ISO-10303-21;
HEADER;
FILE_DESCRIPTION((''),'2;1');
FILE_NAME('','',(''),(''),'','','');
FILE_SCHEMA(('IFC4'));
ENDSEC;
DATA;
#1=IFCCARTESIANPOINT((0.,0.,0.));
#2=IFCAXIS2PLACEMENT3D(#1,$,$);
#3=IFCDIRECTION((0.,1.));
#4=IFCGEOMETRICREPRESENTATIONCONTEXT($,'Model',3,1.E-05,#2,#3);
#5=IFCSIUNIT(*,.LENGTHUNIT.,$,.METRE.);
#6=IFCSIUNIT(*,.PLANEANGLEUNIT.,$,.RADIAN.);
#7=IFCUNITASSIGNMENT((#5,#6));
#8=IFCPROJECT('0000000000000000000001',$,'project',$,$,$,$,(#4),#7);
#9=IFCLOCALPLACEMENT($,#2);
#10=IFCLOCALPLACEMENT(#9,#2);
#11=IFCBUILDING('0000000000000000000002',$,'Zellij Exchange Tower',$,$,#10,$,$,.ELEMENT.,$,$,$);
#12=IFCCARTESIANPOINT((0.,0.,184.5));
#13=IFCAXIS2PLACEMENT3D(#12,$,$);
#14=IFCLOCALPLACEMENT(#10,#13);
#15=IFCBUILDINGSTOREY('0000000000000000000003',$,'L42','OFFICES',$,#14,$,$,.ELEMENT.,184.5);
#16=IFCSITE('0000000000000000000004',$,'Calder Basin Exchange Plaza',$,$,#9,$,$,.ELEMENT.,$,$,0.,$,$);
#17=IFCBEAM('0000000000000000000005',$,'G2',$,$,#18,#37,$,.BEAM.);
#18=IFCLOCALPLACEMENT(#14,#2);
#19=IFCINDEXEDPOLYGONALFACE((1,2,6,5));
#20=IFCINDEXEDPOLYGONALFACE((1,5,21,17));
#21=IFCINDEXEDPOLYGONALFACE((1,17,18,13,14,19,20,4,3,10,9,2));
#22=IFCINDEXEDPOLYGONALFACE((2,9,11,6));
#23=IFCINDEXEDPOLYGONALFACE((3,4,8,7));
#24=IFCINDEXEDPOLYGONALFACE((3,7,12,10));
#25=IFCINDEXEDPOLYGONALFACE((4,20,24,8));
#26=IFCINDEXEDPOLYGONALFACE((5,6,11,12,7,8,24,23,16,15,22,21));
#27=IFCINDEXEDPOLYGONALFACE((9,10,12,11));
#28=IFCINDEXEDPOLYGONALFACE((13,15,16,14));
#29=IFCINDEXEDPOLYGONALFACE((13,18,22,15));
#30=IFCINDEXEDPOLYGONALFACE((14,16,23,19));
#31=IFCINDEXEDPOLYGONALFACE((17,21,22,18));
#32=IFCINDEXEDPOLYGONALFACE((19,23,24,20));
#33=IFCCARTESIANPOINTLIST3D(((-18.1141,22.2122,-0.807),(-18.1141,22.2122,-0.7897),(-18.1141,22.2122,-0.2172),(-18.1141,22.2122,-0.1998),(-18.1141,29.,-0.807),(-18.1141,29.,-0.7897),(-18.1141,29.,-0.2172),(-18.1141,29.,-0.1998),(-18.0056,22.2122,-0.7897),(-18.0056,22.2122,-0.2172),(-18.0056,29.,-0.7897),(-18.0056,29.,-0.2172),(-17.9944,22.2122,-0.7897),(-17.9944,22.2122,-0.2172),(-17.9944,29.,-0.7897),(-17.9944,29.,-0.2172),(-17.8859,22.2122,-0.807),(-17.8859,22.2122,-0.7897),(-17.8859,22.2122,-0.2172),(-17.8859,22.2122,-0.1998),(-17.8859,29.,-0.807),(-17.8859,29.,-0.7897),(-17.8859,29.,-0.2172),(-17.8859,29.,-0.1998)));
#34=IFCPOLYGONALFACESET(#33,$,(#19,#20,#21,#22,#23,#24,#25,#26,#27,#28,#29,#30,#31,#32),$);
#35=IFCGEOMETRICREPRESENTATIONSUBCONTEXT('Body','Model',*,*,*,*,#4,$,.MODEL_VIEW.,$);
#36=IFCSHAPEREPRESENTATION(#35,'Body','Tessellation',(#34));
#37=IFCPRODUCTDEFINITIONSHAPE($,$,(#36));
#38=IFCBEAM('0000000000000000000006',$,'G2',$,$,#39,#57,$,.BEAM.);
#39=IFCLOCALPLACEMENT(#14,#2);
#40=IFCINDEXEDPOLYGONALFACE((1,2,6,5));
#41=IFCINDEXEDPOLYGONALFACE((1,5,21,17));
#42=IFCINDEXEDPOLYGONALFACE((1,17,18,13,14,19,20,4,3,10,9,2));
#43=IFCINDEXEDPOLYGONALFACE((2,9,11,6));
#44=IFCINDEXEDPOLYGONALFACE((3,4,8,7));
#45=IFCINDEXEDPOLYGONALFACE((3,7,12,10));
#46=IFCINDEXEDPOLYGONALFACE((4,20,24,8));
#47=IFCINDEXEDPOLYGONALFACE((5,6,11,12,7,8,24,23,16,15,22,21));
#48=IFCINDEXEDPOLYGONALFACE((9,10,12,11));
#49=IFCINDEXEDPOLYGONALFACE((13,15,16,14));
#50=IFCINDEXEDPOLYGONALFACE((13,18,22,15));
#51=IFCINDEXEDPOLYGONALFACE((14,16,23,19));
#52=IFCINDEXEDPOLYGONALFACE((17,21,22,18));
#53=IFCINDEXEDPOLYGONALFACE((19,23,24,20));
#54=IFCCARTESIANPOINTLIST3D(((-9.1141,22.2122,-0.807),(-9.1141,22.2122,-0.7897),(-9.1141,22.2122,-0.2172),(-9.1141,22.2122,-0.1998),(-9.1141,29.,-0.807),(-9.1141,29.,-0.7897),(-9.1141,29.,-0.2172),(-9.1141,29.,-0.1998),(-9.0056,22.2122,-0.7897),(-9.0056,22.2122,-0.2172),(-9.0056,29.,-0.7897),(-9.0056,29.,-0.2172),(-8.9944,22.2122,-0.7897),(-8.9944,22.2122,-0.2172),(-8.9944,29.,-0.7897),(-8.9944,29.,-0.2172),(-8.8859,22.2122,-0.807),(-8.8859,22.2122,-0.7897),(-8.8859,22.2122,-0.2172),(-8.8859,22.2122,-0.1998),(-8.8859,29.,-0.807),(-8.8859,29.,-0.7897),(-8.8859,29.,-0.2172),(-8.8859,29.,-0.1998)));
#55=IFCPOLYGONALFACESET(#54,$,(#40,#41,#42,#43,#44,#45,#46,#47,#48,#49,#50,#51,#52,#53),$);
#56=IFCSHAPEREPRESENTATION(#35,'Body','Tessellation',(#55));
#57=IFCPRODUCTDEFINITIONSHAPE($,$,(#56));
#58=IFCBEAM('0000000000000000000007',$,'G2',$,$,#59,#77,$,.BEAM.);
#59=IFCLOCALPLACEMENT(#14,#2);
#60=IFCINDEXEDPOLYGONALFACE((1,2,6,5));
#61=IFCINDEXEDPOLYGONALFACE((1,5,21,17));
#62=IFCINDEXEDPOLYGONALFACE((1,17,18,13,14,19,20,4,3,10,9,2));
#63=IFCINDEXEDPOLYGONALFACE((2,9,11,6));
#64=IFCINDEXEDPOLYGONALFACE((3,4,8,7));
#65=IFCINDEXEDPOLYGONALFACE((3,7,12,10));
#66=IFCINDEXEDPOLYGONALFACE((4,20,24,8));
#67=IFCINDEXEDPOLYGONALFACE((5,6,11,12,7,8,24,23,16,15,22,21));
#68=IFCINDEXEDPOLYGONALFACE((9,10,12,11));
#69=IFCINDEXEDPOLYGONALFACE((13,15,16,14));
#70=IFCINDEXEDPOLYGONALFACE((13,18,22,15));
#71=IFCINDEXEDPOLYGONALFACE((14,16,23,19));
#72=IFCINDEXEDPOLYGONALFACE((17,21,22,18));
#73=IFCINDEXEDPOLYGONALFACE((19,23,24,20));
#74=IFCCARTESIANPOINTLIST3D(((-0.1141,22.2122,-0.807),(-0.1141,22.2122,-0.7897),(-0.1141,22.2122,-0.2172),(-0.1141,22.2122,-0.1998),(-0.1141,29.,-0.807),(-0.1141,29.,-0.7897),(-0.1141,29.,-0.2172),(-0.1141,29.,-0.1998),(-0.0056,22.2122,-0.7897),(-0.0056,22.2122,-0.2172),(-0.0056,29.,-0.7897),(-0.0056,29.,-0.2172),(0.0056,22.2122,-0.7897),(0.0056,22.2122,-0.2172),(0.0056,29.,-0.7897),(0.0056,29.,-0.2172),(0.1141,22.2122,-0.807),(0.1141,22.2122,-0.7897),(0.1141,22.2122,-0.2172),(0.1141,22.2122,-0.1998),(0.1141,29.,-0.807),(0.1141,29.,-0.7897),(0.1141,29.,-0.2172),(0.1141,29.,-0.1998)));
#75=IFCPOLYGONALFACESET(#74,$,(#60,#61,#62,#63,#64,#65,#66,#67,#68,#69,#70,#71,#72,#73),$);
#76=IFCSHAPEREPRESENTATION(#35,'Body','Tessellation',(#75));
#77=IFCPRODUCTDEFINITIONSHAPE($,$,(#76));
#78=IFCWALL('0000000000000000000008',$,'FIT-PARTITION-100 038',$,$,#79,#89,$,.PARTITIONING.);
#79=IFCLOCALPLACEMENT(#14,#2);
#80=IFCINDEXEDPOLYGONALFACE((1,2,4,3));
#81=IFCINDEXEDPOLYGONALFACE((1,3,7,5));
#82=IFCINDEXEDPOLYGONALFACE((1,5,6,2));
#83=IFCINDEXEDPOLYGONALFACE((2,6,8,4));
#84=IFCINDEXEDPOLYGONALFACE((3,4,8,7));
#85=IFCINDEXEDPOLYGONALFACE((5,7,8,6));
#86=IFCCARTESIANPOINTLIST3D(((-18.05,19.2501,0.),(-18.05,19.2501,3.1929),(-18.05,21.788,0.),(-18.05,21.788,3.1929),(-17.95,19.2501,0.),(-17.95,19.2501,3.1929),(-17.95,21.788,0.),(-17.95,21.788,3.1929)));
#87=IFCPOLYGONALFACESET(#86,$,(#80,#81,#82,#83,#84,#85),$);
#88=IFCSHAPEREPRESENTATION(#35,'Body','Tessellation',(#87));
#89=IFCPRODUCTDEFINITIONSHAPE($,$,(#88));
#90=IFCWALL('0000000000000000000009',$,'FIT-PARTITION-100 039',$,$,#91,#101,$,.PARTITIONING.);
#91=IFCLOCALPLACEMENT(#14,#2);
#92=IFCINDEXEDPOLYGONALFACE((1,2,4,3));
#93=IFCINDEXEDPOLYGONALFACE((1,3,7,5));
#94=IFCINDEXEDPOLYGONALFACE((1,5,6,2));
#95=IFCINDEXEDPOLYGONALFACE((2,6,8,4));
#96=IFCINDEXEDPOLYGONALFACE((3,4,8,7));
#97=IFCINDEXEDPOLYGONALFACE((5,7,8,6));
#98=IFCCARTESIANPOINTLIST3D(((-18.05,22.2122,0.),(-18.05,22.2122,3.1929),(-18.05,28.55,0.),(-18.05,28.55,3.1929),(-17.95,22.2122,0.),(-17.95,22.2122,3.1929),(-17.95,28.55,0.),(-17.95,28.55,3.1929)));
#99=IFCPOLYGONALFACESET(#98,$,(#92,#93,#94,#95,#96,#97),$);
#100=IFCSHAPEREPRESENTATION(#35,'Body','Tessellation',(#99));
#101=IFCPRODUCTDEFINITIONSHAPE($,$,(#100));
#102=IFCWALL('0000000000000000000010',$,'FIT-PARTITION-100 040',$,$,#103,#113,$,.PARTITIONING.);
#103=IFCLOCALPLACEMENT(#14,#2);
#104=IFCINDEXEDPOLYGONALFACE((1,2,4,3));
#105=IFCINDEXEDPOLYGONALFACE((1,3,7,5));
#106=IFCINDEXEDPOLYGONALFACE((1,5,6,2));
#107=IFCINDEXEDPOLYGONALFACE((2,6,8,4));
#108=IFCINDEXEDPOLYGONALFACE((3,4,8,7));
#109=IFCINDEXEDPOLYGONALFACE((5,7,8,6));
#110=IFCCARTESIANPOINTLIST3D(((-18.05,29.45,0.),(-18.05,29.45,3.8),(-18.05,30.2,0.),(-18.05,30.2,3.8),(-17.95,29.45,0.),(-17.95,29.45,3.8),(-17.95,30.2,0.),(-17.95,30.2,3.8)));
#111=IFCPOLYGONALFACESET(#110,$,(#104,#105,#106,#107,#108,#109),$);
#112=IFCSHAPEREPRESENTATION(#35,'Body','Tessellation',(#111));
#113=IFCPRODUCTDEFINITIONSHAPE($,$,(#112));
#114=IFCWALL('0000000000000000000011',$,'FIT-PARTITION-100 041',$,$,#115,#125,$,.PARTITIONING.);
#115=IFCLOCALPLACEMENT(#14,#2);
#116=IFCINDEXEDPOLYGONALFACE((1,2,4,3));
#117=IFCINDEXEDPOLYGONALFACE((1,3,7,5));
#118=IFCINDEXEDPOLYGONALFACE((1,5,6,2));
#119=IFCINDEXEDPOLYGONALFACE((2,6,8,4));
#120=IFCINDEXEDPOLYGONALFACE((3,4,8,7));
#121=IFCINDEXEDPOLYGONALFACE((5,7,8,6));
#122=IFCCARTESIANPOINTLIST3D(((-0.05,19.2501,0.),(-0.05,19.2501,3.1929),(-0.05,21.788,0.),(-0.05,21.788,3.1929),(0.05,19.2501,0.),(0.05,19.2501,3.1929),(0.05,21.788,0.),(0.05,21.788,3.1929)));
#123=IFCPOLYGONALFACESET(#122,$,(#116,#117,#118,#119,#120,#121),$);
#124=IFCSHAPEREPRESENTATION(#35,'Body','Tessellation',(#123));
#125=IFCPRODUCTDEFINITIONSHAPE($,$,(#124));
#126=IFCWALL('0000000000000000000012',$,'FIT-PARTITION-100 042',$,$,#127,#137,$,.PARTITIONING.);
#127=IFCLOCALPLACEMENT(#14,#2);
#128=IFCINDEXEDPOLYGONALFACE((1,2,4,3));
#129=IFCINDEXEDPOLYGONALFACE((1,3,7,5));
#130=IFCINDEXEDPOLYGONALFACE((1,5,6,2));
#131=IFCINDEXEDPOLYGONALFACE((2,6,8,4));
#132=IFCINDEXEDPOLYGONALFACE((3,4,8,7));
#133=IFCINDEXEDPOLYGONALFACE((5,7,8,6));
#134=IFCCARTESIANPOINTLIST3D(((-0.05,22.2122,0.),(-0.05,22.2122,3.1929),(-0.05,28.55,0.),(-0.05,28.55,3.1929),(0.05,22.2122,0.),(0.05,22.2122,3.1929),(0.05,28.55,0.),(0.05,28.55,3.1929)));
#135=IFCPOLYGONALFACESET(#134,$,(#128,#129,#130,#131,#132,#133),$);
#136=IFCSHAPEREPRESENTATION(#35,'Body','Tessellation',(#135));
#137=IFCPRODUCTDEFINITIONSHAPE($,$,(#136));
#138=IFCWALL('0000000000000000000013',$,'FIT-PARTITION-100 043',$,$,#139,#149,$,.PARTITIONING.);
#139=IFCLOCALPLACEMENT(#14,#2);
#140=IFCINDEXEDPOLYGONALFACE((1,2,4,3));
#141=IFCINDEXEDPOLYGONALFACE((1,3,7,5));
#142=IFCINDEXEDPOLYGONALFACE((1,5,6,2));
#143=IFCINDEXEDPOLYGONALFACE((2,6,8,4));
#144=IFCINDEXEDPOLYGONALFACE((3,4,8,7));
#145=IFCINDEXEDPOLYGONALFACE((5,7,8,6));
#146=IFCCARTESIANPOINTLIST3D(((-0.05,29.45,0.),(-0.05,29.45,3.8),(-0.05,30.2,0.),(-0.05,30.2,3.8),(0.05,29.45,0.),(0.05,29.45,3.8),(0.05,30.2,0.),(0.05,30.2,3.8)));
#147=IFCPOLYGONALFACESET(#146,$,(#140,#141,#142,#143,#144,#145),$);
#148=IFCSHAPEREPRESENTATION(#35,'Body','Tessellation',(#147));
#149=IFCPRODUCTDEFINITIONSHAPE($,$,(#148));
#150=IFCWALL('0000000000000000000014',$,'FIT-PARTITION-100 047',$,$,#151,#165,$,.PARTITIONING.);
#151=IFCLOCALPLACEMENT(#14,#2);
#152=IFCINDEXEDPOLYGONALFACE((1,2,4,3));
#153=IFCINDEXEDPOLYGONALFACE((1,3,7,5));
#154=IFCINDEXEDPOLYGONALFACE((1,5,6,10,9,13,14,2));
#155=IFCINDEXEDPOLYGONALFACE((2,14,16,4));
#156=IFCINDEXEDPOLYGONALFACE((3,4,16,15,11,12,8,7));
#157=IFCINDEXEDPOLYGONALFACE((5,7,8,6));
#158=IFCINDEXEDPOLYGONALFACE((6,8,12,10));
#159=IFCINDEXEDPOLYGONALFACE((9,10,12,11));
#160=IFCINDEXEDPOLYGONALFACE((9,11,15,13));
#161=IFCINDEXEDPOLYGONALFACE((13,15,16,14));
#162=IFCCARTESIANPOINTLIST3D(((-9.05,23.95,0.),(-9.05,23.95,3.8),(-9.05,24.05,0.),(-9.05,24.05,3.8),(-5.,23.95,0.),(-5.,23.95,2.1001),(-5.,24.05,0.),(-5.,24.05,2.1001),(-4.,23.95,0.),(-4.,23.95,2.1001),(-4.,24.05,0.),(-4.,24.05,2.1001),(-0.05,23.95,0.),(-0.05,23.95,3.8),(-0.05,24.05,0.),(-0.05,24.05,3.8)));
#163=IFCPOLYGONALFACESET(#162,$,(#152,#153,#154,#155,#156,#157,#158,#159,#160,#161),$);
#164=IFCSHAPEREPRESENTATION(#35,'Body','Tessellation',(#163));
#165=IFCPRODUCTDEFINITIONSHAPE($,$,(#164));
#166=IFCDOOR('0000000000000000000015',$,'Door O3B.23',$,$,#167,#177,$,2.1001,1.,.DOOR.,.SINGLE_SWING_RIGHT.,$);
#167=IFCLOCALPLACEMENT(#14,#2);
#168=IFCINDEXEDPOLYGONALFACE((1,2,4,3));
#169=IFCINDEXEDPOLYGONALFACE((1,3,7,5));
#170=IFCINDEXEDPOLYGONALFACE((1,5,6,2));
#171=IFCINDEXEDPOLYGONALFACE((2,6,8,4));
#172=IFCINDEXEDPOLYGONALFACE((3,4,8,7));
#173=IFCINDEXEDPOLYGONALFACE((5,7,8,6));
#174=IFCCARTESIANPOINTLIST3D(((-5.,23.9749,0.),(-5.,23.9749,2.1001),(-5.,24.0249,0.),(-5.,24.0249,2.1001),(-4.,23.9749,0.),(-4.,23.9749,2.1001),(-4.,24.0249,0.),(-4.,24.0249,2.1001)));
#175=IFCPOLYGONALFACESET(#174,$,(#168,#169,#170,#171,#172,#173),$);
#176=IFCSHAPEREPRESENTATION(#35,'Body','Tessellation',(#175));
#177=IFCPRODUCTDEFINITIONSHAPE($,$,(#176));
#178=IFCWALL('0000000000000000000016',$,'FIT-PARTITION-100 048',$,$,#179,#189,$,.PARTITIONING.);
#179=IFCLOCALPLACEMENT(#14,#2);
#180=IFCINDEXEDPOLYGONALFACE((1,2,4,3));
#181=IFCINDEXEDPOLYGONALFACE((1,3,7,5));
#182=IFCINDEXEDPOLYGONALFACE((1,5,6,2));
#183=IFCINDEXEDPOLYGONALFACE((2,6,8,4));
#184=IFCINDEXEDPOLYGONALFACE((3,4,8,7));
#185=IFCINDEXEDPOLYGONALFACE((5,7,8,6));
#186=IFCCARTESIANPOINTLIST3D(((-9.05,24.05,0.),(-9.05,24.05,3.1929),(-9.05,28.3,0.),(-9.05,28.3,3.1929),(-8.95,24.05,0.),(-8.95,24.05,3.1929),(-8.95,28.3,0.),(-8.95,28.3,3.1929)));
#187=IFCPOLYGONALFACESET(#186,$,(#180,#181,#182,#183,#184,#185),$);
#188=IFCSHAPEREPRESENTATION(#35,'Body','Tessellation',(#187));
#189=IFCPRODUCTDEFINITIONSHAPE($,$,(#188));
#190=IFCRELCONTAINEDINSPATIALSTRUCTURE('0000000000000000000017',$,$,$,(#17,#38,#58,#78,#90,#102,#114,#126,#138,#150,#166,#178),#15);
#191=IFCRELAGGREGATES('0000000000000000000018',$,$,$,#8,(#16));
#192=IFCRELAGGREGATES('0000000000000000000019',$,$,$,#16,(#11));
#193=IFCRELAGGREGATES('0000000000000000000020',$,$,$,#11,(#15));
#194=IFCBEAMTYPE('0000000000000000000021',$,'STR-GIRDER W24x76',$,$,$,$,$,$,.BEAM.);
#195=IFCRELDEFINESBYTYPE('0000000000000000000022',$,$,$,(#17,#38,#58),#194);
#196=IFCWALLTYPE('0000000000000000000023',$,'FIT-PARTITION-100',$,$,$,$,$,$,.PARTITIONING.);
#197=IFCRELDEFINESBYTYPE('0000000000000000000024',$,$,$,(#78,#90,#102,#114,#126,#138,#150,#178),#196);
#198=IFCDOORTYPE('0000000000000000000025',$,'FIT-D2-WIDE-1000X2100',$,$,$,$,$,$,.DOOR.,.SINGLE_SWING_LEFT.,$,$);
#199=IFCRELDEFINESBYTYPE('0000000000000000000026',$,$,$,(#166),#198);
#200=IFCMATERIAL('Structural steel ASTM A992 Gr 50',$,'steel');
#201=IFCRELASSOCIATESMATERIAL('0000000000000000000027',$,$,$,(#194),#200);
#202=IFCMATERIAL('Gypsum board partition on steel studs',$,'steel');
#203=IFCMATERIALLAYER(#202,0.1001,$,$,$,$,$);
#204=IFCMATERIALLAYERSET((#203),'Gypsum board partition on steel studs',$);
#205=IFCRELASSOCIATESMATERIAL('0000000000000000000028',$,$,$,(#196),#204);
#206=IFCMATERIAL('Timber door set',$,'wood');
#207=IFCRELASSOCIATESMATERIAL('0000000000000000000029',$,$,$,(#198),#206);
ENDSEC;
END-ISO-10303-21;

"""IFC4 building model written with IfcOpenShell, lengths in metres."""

from ifc_helpers import new_model, si_unit, direction, frame, frame_2d, origin, origin_2d, place, context, subcontext, project, spatial, rectangle, i_section, extrude, material, layer, layer_set, material_profile, profile_set, type_object, element, fill, save


model = new_model("IFC4")

# Units and contexts
model_context = context("Model", 3, precision=1e-05, world=origin(), true_north=direction((0.0, 1.0)))
body_context = subcontext(model_context, "Body", "Model", "MODEL_VIEW")
ifc_project = project(units=[si_unit("LENGTHUNIT", "METRE"), si_unit("PLANEANGLEUNIT", "RADIAN")], contexts=[model_context])

# Site, building, storey
site_placement = place(None, origin())
site = spatial("IfcSite", under=ifc_project, at=site_placement, Name="Calder Basin Exchange Plaza", CompositionType="ELEMENT", RefElevation=0.0)
building_placement = place(site_placement, origin())
building = spatial("IfcBuilding", under=site, at=building_placement, Name="Zellij Exchange Tower", CompositionType="ELEMENT")
storey_placement = place(building_placement, frame((0.0, 0.0, 184.5)))
storey = spatial("IfcBuildingStorey", under=building, at=storey_placement, Name="L42", Description="OFFICES", CompositionType="ELEMENT", Elevation=184.5)

# Beams
ifc_material_1 = material(Name="Structural steel ASTM A992 Gr 50", Category="steel")
ifc_material_profile_1 = material_profile(ifc_material_1, i_section(OverallWidth=0.2283, OverallDepth=0.6072, WebThickness=0.0112, FlangeThickness=0.0173, at=origin_2d()), Name="W24x76")
ifc_profile_set_1 = profile_set([ifc_material_profile_1], Name="Structural steel ASTM A992 Gr 50")
beam_type = type_object("IfcBeamType", Name="STR-GIRDER W24x76", PredefinedType="BEAM", material=ifc_profile_set_1)
for number, where, z_axis, x_axis, name in (
    (1, (-18.0, 22.2122, -0.5034), (0.0, 1.0, 0.0), (-1.0, 0.0, 0.0), "G2"),
    (2, (-9.0, 22.2122, -0.5034), (0.0, 1.0, 0.0), (-1.0, 0.0, 0.0), "G2"),
    (3, (0.0, 22.2122, -0.5034), (0.0, 1.0, 0.0), (-1.0, 0.0, 0.0), "G2"),
):
    element("IfcBeam", number, at=place(storey_placement, frame(where, z_axis=z_axis, x_axis=x_axis)), inside=storey, type_object=beam_type, Name=name, PredefinedType="BEAM", context=body_context, shape_type="SweptSolid", body=[
        extrude(i_section(OverallWidth=0.2283, OverallDepth=0.6072, WebThickness=0.0112, FlangeThickness=0.0173, at=origin_2d()), origin(), (0.0, 0.0, 1.0), 6.7878),
    ])

# Walls
ifc_material_2 = material(Name="Gypsum board partition on steel studs", Category="steel")
ifc_layer = layer(ifc_material_2, 0.1001)
ifc_layer_set = layer_set([ifc_layer], Name="Gypsum board partition on steel studs")
wall_type = type_object("IfcWallType", Name="FIT-PARTITION-100", PredefinedType="PARTITIONING", material=ifc_layer_set)
wall_1_placement = place(storey_placement, frame((-18.0, 19.25, 0.0), z_axis=(0.0, 0.0, 1.0), x_axis=(0.0, 1.0, 0.0)))
element("IfcWall", 4, at=wall_1_placement, inside=storey, type_object=wall_type, Name="FIT-PARTITION-100 038", PredefinedType="PARTITIONING", context=body_context, shape_type="SweptSolid", body=[
    extrude(rectangle(XDim=2.5378, YDim=0.1001, at=frame_2d((1.269, 0.0))), origin(), (0.0, 0.0, 1.0), 3.1929),
])
wall_2_placement = place(storey_placement, frame((-18.0, 22.2122, 0.0), z_axis=(0.0, 0.0, 1.0), x_axis=(0.0, 1.0, 0.0)))
element("IfcWall", 5, at=wall_2_placement, inside=storey, type_object=wall_type, Name="FIT-PARTITION-100 039", PredefinedType="PARTITIONING", context=body_context, shape_type="SweptSolid", body=[
    extrude(rectangle(XDim=6.3379, YDim=0.1001, at=frame_2d((3.1689, 0.0))), origin(), (0.0, 0.0, 1.0), 3.1929),
])
wall_3_placement = place(storey_placement, frame((-18.0, 29.45, 0.0), z_axis=(0.0, 0.0, 1.0), x_axis=(0.0, 1.0, 0.0)))
element("IfcWall", 6, at=wall_3_placement, inside=storey, type_object=wall_type, Name="FIT-PARTITION-100 040", PredefinedType="PARTITIONING", context=body_context, shape_type="SweptSolid", body=[
    extrude(rectangle(XDim=0.75, YDim=0.1001, at=frame_2d((0.375, 0.0))), origin(), (0.0, 0.0, 1.0), 3.8),
])
wall_4_placement = place(storey_placement, frame((0.0, 19.25, 0.0), z_axis=(0.0, 0.0, 1.0), x_axis=(0.0, 1.0, 0.0)))
element("IfcWall", 7, at=wall_4_placement, inside=storey, type_object=wall_type, Name="FIT-PARTITION-100 041", PredefinedType="PARTITIONING", context=body_context, shape_type="SweptSolid", body=[
    extrude(rectangle(XDim=2.5378, YDim=0.1001, at=frame_2d((1.269, 0.0))), origin(), (0.0, 0.0, 1.0), 3.1929),
])
wall_5_placement = place(storey_placement, frame((0.0, 22.2122, 0.0), z_axis=(0.0, 0.0, 1.0), x_axis=(0.0, 1.0, 0.0)))
element("IfcWall", 8, at=wall_5_placement, inside=storey, type_object=wall_type, Name="FIT-PARTITION-100 042", PredefinedType="PARTITIONING", context=body_context, shape_type="SweptSolid", body=[
    extrude(rectangle(XDim=6.3379, YDim=0.1001, at=frame_2d((3.1689, 0.0))), origin(), (0.0, 0.0, 1.0), 3.1929),
])
wall_6_placement = place(storey_placement, frame((0.0, 29.45, 0.0), z_axis=(0.0, 0.0, 1.0), x_axis=(0.0, 1.0, 0.0)))
element("IfcWall", 9, at=wall_6_placement, inside=storey, type_object=wall_type, Name="FIT-PARTITION-100 043", PredefinedType="PARTITIONING", context=body_context, shape_type="SweptSolid", body=[
    extrude(rectangle(XDim=0.75, YDim=0.1001, at=frame_2d((0.375, 0.0))), origin(), (0.0, 0.0, 1.0), 3.8),
])

# Wall, opening, door
wall_7_placement = place(storey_placement, frame((-9.05, 24.0, 0.0), z_axis=(0.0, 0.0, 1.0), x_axis=(1.0, 0.0, 0.0)))
wall_7 = element("IfcWall", 10, at=wall_7_placement, inside=storey, type_object=wall_type, Name="FIT-PARTITION-100 047", PredefinedType="PARTITIONING", context=body_context, shape_type="SweptSolid", body=[
    extrude(rectangle(XDim=9.0, YDim=0.1001, at=frame_2d((4.5, 0.0))), origin(), (0.0, 0.0, 1.0), 3.8),
])
opening_placement = place(wall_7_placement, frame((4.05, 0.0, 0.0)))
opening = element("IfcOpeningElement", 11, at=opening_placement, cuts=wall_7, PredefinedType="OPENING", context=body_context, shape_type="SweptSolid", body=[
    extrude(rectangle(XDim=1.0, YDim=2.1001, at=frame_2d((0.5, 1.05))), frame((0.0, 0.062, 0.0), z_axis=(0.0, -1.0, 0.0), x_axis=(1.0, 0.0, 0.0)), (0.0, 0.0, 1.0), 0.124),
])
ifc_material_3 = material(Name="Timber door set", Category="wood")
door_type = type_object("IfcDoorType", Name="FIT-D2-WIDE-1000X2100", OperationType="SINGLE_SWING_LEFT", PredefinedType="DOOR", material=ifc_material_3)
door_placement = place(opening_placement, origin())
door = element("IfcDoor", 12, at=door_placement, inside=storey, type_object=door_type, Name="Door O3B.23", OperationType="SINGLE_SWING_RIGHT", OverallHeight=2.1001, OverallWidth=1.0, PredefinedType="DOOR", context=body_context, shape_type="SweptSolid", body=[
    extrude(rectangle(XDim=1.0, YDim=2.1001, at=frame_2d((0.5, 1.05))), frame((0.0, 0.0249, 0.0), z_axis=(0.0, -1.0, 0.0), x_axis=(1.0, 0.0, 0.0)), (0.0, 0.0, 1.0), 0.05),
])
fill(opening, door)

# Wall
wall_8_placement = place(storey_placement, frame((-9.0, 24.05, 0.0), z_axis=(0.0, 0.0, 1.0), x_axis=(0.0, 1.0, 0.0)))
element("IfcWall", 13, at=wall_8_placement, inside=storey, type_object=wall_type, Name="FIT-PARTITION-100 048", PredefinedType="PARTITIONING", context=body_context, shape_type="SweptSolid", body=[
    extrude(rectangle(XDim=4.25, YDim=0.1001, at=frame_2d((2.125, 0.0))), origin(), (0.0, 0.0, 1.0), 3.1929),
])

save(model, "model.ifc")
